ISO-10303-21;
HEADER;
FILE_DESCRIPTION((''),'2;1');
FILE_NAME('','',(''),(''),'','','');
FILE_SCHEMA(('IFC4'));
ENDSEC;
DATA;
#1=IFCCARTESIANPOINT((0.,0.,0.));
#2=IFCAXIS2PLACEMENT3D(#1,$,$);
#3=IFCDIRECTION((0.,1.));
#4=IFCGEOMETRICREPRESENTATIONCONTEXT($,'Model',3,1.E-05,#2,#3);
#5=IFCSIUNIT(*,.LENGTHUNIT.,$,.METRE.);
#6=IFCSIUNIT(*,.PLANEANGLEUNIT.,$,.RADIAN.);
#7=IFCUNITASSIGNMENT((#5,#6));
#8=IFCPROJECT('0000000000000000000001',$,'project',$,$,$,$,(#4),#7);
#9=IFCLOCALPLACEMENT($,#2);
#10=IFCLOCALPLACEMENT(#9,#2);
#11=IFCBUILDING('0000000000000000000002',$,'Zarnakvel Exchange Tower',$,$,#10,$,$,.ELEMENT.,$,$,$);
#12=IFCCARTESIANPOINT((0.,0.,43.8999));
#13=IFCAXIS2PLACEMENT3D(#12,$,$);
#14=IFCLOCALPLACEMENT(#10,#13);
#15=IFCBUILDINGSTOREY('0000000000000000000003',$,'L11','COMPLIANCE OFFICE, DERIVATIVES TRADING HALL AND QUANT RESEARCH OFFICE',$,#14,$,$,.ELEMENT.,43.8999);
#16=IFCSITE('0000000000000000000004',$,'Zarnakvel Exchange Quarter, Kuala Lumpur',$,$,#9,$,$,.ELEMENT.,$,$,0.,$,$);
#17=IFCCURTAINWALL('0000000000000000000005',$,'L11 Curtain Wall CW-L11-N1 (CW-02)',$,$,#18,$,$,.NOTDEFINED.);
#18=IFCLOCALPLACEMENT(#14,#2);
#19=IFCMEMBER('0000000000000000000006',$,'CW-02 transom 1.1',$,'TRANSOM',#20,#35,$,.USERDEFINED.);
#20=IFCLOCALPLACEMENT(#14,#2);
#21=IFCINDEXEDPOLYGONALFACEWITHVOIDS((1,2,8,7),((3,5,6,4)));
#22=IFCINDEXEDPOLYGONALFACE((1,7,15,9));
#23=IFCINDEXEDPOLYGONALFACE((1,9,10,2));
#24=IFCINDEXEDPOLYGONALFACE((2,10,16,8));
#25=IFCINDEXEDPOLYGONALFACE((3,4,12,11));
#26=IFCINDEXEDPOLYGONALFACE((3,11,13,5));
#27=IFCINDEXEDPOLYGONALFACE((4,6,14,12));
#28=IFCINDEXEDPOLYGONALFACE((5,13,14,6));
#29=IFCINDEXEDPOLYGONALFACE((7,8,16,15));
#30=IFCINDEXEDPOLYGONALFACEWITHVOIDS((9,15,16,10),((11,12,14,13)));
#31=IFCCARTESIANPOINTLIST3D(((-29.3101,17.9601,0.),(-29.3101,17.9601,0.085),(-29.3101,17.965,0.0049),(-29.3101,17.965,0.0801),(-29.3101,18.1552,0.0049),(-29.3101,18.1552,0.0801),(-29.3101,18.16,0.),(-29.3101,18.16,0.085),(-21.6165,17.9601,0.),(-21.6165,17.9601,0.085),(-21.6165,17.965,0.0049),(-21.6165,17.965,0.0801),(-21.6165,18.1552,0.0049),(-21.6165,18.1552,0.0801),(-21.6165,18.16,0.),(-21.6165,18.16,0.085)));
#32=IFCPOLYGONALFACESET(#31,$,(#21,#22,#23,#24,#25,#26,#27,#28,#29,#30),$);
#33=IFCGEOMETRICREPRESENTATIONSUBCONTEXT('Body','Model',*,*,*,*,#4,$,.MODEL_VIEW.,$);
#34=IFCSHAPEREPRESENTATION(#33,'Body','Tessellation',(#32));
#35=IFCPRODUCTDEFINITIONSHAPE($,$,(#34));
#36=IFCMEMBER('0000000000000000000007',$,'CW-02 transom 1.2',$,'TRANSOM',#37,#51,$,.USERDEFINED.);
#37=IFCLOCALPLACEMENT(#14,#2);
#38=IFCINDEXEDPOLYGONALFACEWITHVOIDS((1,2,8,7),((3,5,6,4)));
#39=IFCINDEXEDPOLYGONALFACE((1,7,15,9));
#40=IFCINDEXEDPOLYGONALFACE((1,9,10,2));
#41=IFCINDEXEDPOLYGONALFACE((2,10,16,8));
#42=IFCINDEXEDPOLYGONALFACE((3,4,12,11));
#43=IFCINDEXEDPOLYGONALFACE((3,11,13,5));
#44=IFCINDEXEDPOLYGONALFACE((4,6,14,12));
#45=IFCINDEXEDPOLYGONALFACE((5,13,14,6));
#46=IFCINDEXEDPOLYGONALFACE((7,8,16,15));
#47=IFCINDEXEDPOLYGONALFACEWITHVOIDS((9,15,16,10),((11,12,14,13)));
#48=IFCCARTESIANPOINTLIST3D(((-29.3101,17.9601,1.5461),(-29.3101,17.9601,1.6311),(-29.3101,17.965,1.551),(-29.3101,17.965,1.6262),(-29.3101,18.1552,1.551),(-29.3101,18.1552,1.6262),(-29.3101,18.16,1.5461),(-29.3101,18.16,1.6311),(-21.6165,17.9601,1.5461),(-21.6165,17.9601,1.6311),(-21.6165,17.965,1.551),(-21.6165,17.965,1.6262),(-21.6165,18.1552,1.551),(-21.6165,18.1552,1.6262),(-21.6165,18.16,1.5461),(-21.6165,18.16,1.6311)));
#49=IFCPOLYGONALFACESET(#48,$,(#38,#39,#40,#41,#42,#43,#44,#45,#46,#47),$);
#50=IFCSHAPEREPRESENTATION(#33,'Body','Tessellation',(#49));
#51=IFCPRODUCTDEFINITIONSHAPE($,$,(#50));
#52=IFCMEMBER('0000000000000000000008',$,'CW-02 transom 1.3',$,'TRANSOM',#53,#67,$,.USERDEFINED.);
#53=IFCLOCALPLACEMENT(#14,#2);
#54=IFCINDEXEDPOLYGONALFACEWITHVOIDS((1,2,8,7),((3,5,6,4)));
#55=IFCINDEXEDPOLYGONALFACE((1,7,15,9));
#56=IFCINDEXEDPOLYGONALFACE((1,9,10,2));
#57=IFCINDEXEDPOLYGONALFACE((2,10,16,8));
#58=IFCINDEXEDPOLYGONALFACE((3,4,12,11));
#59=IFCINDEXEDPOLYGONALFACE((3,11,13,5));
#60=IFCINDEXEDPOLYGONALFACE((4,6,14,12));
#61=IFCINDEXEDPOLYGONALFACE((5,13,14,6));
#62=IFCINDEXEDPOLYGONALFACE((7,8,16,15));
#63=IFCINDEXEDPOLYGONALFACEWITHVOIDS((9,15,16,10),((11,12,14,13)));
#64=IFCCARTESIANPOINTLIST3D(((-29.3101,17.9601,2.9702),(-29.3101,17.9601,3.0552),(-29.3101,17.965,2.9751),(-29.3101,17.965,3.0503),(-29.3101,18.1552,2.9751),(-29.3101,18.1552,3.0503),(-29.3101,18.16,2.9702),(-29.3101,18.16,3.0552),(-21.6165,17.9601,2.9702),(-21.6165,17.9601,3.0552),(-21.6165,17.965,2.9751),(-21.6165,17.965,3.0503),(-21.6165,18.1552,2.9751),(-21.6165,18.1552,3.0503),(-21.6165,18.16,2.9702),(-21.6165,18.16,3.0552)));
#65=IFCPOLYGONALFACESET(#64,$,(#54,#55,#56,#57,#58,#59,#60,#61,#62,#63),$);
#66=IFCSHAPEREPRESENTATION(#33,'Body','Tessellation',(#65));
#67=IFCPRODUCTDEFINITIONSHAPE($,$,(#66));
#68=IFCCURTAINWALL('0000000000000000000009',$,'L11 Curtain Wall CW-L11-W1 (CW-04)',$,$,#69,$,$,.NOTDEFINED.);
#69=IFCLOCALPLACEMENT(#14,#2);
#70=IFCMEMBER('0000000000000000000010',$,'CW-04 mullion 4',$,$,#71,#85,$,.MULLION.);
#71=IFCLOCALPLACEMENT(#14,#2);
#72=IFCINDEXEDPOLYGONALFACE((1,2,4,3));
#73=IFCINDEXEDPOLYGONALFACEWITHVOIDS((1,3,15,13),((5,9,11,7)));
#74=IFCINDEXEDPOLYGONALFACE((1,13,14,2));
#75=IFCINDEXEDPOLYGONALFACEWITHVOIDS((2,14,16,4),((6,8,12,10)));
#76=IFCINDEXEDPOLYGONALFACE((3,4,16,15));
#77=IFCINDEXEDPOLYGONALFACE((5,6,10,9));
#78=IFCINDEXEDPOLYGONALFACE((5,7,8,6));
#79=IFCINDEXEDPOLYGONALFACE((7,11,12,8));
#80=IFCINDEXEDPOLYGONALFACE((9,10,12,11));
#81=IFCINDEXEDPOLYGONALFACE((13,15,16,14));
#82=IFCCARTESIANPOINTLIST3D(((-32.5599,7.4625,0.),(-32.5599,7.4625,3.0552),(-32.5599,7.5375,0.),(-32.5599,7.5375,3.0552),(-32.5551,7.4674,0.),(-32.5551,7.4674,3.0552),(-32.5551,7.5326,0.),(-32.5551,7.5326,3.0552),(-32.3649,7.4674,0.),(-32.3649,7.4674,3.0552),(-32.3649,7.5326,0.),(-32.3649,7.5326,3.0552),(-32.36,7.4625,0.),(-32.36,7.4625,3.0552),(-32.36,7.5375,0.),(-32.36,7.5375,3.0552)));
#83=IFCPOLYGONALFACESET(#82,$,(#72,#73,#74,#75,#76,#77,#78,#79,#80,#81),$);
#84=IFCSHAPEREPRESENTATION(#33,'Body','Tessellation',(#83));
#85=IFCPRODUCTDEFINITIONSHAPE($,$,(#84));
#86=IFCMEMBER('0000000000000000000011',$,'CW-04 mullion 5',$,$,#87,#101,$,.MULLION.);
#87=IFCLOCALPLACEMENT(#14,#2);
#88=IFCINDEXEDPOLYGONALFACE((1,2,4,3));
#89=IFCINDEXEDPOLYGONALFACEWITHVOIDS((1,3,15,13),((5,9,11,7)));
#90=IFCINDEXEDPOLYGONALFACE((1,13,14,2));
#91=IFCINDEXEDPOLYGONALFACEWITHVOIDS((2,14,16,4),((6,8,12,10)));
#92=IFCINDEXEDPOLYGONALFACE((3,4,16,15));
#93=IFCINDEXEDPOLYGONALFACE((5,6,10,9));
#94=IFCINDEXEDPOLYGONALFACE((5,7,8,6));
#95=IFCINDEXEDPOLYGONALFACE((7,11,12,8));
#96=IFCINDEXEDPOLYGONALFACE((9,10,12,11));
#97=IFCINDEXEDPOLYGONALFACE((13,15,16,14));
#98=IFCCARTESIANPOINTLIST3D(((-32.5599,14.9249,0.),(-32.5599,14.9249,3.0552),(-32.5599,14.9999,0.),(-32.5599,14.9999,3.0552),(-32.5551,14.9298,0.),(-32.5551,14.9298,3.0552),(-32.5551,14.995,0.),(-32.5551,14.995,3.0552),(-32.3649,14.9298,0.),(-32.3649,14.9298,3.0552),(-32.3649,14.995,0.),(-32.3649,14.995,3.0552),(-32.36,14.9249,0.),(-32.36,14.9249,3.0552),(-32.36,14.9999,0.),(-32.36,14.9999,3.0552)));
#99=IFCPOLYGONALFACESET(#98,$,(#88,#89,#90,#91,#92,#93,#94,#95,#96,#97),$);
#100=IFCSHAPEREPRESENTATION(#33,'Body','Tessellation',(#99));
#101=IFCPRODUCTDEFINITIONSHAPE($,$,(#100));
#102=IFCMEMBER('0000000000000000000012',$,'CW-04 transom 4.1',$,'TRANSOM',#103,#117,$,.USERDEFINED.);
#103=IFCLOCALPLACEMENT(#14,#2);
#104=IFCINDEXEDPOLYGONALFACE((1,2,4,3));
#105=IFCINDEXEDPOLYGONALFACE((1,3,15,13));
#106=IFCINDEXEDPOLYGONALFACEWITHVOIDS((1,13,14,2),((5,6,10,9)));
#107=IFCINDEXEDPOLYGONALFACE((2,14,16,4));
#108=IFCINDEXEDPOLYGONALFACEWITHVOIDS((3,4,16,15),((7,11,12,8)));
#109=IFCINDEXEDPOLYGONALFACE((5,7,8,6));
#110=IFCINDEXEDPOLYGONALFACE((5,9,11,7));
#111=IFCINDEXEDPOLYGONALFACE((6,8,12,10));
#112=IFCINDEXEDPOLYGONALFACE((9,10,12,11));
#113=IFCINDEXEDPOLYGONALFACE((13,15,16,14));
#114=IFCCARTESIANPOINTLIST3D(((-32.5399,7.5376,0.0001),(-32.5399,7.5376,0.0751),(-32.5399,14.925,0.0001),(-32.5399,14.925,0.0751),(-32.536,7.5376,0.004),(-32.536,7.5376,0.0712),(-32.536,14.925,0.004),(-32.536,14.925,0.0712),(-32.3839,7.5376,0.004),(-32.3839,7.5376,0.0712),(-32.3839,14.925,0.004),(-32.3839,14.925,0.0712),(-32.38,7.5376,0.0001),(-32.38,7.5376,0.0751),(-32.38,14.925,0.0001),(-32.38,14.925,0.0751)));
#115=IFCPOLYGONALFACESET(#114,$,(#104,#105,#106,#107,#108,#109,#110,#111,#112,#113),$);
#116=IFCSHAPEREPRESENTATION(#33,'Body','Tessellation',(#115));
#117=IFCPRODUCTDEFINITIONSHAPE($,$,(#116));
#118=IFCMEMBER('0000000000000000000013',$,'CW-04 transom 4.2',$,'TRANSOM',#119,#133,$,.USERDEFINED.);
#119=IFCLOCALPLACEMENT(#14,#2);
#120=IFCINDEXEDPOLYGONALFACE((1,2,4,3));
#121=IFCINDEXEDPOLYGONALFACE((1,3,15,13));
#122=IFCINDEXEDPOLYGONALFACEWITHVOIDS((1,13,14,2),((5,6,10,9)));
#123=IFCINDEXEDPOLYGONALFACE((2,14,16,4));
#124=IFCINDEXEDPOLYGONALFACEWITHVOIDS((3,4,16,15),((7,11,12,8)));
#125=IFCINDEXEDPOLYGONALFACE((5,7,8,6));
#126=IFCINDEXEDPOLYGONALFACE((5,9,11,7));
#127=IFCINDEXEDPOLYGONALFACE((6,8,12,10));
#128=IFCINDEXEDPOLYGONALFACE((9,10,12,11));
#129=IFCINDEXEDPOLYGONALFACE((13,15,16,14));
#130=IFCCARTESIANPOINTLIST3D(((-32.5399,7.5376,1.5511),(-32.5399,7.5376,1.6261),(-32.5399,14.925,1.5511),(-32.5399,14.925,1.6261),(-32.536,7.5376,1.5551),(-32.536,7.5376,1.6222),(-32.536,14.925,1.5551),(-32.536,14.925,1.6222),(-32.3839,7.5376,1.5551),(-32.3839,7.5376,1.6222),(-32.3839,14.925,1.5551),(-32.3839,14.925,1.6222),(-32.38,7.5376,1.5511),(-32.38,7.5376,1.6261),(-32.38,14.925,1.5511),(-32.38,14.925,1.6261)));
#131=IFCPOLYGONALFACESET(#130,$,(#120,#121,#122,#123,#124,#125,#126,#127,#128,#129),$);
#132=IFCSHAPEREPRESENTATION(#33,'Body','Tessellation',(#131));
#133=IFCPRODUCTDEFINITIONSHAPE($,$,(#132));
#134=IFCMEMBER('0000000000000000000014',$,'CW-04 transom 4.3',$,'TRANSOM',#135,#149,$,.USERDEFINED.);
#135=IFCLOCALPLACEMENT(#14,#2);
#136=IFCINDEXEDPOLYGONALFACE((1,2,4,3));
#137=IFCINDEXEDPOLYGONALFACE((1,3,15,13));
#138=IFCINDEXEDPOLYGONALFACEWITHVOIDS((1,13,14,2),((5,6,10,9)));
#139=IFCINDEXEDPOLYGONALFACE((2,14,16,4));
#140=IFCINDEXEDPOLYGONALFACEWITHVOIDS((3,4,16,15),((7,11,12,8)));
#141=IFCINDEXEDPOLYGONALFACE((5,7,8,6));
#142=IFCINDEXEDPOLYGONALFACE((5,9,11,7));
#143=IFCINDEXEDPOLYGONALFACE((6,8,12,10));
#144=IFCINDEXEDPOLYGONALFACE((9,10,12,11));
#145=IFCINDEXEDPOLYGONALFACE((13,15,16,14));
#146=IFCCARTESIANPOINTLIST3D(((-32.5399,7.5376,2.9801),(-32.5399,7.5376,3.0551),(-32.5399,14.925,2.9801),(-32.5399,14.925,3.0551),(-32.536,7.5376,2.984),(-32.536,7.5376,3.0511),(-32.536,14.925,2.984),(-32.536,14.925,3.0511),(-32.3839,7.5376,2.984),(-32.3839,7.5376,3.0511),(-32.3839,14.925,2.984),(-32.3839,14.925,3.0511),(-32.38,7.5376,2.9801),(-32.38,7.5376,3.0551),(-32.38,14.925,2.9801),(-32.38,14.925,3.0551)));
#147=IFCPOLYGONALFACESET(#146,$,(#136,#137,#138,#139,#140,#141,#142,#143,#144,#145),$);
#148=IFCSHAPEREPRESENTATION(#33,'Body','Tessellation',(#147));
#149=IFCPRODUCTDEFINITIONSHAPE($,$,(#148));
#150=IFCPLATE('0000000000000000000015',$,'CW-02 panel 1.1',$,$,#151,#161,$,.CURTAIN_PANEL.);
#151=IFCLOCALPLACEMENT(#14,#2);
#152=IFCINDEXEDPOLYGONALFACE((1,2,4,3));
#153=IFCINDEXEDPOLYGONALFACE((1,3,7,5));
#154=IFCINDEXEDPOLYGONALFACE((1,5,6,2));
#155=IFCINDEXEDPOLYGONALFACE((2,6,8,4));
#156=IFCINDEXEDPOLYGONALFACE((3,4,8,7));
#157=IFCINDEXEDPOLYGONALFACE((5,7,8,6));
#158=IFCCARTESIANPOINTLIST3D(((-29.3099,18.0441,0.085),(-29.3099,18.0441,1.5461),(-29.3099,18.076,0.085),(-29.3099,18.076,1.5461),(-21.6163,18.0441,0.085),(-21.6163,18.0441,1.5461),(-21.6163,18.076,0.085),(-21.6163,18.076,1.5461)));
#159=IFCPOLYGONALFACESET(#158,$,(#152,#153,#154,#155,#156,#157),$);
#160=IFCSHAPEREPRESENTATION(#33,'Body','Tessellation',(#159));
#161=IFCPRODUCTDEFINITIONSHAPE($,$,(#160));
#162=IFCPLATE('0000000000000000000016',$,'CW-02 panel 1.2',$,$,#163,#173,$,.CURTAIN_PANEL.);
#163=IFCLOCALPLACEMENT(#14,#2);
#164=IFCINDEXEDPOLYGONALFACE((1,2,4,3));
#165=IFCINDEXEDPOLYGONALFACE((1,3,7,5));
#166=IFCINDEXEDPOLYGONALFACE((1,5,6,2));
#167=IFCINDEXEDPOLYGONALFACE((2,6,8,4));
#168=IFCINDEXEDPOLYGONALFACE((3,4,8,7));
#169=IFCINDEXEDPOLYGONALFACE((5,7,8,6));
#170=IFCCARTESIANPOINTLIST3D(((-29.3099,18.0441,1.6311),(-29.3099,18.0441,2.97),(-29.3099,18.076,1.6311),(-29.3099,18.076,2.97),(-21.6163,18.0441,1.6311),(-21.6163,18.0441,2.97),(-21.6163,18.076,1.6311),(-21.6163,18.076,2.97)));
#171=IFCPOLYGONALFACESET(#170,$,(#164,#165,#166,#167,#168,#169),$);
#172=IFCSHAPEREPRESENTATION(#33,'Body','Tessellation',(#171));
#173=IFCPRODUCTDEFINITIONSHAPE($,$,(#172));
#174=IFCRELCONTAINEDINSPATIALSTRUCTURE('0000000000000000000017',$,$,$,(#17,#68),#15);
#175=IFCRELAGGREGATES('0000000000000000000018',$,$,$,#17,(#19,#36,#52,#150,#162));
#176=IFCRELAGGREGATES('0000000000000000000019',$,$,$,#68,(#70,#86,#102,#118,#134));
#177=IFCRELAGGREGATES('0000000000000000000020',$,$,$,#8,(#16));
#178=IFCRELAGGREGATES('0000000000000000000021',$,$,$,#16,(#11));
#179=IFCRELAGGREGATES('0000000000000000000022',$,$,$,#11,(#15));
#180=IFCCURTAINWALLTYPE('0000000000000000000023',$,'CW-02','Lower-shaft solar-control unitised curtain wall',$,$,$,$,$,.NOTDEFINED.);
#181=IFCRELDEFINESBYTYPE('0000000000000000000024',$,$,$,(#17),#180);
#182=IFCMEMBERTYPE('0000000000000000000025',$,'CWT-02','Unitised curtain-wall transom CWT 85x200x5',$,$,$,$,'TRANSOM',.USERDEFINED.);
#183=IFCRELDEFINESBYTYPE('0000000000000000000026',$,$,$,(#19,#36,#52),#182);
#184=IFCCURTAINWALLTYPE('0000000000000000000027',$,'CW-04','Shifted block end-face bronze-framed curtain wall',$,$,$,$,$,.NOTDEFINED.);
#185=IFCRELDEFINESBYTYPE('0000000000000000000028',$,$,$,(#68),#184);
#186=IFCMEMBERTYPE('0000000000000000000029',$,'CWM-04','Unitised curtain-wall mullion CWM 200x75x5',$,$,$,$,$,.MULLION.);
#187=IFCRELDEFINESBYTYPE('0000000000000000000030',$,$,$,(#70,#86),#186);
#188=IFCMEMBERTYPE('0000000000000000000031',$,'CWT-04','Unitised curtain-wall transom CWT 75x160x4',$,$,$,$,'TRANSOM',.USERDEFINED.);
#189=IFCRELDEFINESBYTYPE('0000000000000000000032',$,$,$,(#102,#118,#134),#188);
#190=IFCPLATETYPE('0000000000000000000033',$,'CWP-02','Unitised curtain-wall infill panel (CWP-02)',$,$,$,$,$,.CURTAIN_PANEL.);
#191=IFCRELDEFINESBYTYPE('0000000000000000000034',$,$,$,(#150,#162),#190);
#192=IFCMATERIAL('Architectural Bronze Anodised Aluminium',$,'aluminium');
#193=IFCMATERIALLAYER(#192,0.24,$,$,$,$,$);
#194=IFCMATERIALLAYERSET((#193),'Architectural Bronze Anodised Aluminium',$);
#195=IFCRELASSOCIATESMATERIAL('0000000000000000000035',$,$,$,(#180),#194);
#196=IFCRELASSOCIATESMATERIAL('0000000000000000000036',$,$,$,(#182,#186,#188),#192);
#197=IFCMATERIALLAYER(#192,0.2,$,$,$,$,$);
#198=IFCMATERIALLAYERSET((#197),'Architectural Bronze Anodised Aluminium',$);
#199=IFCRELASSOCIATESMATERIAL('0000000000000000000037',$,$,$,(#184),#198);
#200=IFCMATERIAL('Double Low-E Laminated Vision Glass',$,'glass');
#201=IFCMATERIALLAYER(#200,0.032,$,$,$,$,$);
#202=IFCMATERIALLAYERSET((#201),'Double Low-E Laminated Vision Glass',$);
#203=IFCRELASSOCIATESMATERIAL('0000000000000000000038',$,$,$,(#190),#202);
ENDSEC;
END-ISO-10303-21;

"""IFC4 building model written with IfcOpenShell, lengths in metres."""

from ifc_helpers import new_model, si_unit, direction, frame, origin, origin_2d, place, context, subcontext, project, spatial, rectangle, hollow_rectangle, extrude, source, transform, mapped, material, layer, layer_set, material_profile, profile_set, type_object, element, aggregate, save


model = new_model("IFC4")

# Units and contexts
model_context = context("Model", 3, precision=1e-05, world=origin(), true_north=direction((0.0, 1.0)))
body_context = subcontext(model_context, "Body", "Model", "MODEL_VIEW")
ifc_project = project(units=[si_unit("LENGTHUNIT", "METRE"), si_unit("PLANEANGLEUNIT", "RADIAN")], contexts=[model_context])

# Site, building, storey
site_placement = place(None, origin())
site = spatial("IfcSite", under=ifc_project, at=site_placement, Name="Zarnakvel Exchange Quarter, Kuala Lumpur", CompositionType="ELEMENT", RefElevation=0.0)
building_placement = place(site_placement, origin())
building = spatial("IfcBuilding", under=site, at=building_placement, Name="Zarnakvel Exchange Tower", CompositionType="ELEMENT")
storey_placement = place(building_placement, frame((0.0, 0.0, 43.8999)))
storey = spatial("IfcBuildingStorey", under=building, at=storey_placement, Name="L11", Description="COMPLIANCE OFFICE, DERIVATIVES TRADING HALL AND QUANT RESEARCH OFFICE", CompositionType="ELEMENT", Elevation=43.8999)

# Curtain walls, members
ifc_material_1 = material(Name="Architectural Bronze Anodised Aluminium", Category="aluminium")
ifc_layer_1 = layer(ifc_material_1, 0.24)
ifc_layer_set_1 = layer_set([ifc_layer_1], Name="Architectural Bronze Anodised Aluminium")
curtain_wall_type_1 = type_object("IfcCurtainWallType", Name="CW-02", Description="Lower-shaft solar-control unitised curtain wall", PredefinedType="NOTDEFINED", material=ifc_layer_set_1)
curtain_wall_1_placement = place(storey_placement, origin())
curtain_wall_1 = element("IfcCurtainWall", 1, at=curtain_wall_1_placement, inside=storey, type_object=curtain_wall_type_1, Name="L11 Curtain Wall CW-L11-N1 (CW-02)", PredefinedType="NOTDEFINED")
ifc_material_profile_1 = material_profile(ifc_material_1, hollow_rectangle(XDim=0.2, YDim=0.085, WallThickness=0.0049, at=origin_2d()))
ifc_profile_set_1 = profile_set([ifc_material_profile_1], Name="Architectural Bronze Anodised Aluminium")
member_type_1 = type_object("IfcMemberType", Name="CWT-02", Description="Unitised curtain-wall transom CWT 85x200x5", ElementType="TRANSOM", PredefinedType="USERDEFINED", material=ifc_profile_set_1)
shared_shape_1 = source(origin(), body_context, "Body", "SweptSolid", [
    extrude(hollow_rectangle(XDim=0.2, YDim=0.085, WallThickness=0.0049, at=origin_2d()), origin(), (0.0, 0.0, 1.0), 7.6936),
])
member_1_placement = place(storey_placement, frame((-29.3101, 18.0601, 0.0425), z_axis=(1.0, 0.0, 0.0), x_axis=(0.0, 1.0, 0.0)))
member_1 = element("IfcMember", 2, at=member_1_placement, type_object=member_type_1, Name="CW-02 transom 1.1", ObjectType="TRANSOM", PredefinedType="USERDEFINED", context=body_context, shape_type="MappedRepresentation", body=[
    mapped(shared_shape_1, transform((0.0, 0.0, 0.0), x_axis=(1.0, 0.0, 0.0), y_axis=(0.0, 1.0, 0.0), z_axis=(0.0, 0.0, 1.0), scale=1.0)),
])
member_2_placement = place(storey_placement, frame((-29.3101, 18.0601, 1.5886), z_axis=(1.0, 0.0, 0.0), x_axis=(0.0, 1.0, 0.0)))
member_2 = element("IfcMember", 3, at=member_2_placement, type_object=member_type_1, Name="CW-02 transom 1.2", ObjectType="TRANSOM", PredefinedType="USERDEFINED", context=body_context, shape_type="MappedRepresentation", body=[
    mapped(shared_shape_1, transform((0.0, 0.0, 0.0), x_axis=(1.0, 0.0, 0.0), y_axis=(0.0, 1.0, 0.0), z_axis=(0.0, 0.0, 1.0), scale=1.0)),
])
member_3_placement = place(storey_placement, frame((-29.3101, 18.0601, 3.0127), z_axis=(1.0, 0.0, 0.0), x_axis=(0.0, 1.0, 0.0)))
member_3 = element("IfcMember", 4, at=member_3_placement, type_object=member_type_1, Name="CW-02 transom 1.3", ObjectType="TRANSOM", PredefinedType="USERDEFINED", context=body_context, shape_type="MappedRepresentation", body=[
    mapped(shared_shape_1, transform((0.0, 0.0, 0.0), x_axis=(1.0, 0.0, 0.0), y_axis=(0.0, 1.0, 0.0), z_axis=(0.0, 0.0, 1.0), scale=1.0)),
])
ifc_layer_2 = layer(ifc_material_1, 0.2)
ifc_layer_set_2 = layer_set([ifc_layer_2], Name="Architectural Bronze Anodised Aluminium")
curtain_wall_type_2 = type_object("IfcCurtainWallType", Name="CW-04", Description="Shifted block end-face bronze-framed curtain wall", PredefinedType="NOTDEFINED", material=ifc_layer_set_2)
curtain_wall_2_placement = place(storey_placement, origin())
curtain_wall_2 = element("IfcCurtainWall", 5, at=curtain_wall_2_placement, inside=storey, type_object=curtain_wall_type_2, Name="L11 Curtain Wall CW-L11-W1 (CW-04)", PredefinedType="NOTDEFINED")
ifc_material_profile_2 = material_profile(ifc_material_1, hollow_rectangle(XDim=0.2, YDim=0.075, WallThickness=0.0049, at=origin_2d()))
ifc_profile_set_2 = profile_set([ifc_material_profile_2], Name="Architectural Bronze Anodised Aluminium")
member_type_2 = type_object("IfcMemberType", Name="CWM-04", Description="Unitised curtain-wall mullion CWM 200x75x5", PredefinedType="MULLION", material=ifc_profile_set_2)
shared_shape_2 = source(origin(), body_context, "Body", "SweptSolid", [
    extrude(hollow_rectangle(XDim=0.2, YDim=0.075, WallThickness=0.0049, at=origin_2d()), origin(), (0.0, 0.0, 1.0), 3.0552),
])
member_4_placement = place(storey_placement, frame((-32.46, 7.5, 0.0), z_axis=(0.0, 0.0, 1.0), x_axis=(-1.0, 0.0, 0.0)))
member_4 = element("IfcMember", 6, at=member_4_placement, type_object=member_type_2, Name="CW-04 mullion 4", PredefinedType="MULLION", context=body_context, shape_type="MappedRepresentation", body=[
    mapped(shared_shape_2, transform((0.0, 0.0, 0.0), x_axis=(1.0, 0.0, 0.0), y_axis=(0.0, 1.0, 0.0), z_axis=(0.0, 0.0, 1.0), scale=1.0)),
])
member_5_placement = place(storey_placement, frame((-32.46, 14.9624, 0.0), z_axis=(0.0, 0.0, 1.0), x_axis=(-1.0, 0.0, 0.0)))
member_5 = element("IfcMember", 7, at=member_5_placement, type_object=member_type_2, Name="CW-04 mullion 5", PredefinedType="MULLION", context=body_context, shape_type="MappedRepresentation", body=[
    mapped(shared_shape_2, transform((0.0, 0.0, 0.0), x_axis=(1.0, 0.0, 0.0), y_axis=(0.0, 1.0, 0.0), z_axis=(0.0, 0.0, 1.0), scale=1.0)),
])
ifc_material_profile_3 = material_profile(ifc_material_1, hollow_rectangle(XDim=0.1599, YDim=0.075, WallThickness=0.0039, at=origin_2d()))
ifc_profile_set_3 = profile_set([ifc_material_profile_3], Name="Architectural Bronze Anodised Aluminium")
member_type_3 = type_object("IfcMemberType", Name="CWT-04", Description="Unitised curtain-wall transom CWT 75x160x4", ElementType="TRANSOM", PredefinedType="USERDEFINED", material=ifc_profile_set_3)
shared_shape_3 = source(origin(), body_context, "Body", "SweptSolid", [
    extrude(hollow_rectangle(XDim=0.1599, YDim=0.075, WallThickness=0.0039, at=origin_2d()), origin(), (0.0, 0.0, 1.0), 7.3875),
])
member_6_placement = place(storey_placement, frame((-32.46, 7.5376, 0.0376), z_axis=(0.0, 1.0, 0.0), x_axis=(-1.0, 0.0, 0.0)))
member_6 = element("IfcMember", 8, at=member_6_placement, type_object=member_type_3, Name="CW-04 transom 4.1", ObjectType="TRANSOM", PredefinedType="USERDEFINED", context=body_context, shape_type="MappedRepresentation", body=[
    mapped(shared_shape_3, transform((0.0, 0.0, 0.0), x_axis=(1.0, 0.0, 0.0), y_axis=(0.0, 1.0, 0.0), z_axis=(0.0, 0.0, 1.0), scale=1.0)),
])
member_7_placement = place(storey_placement, frame((-32.46, 7.5376, 1.5886), z_axis=(0.0, 1.0, 0.0), x_axis=(-1.0, 0.0, 0.0)))
member_7 = element("IfcMember", 9, at=member_7_placement, type_object=member_type_3, Name="CW-04 transom 4.2", ObjectType="TRANSOM", PredefinedType="USERDEFINED", context=body_context, shape_type="MappedRepresentation", body=[
    mapped(shared_shape_3, transform((0.0, 0.0, 0.0), x_axis=(1.0, 0.0, 0.0), y_axis=(0.0, 1.0, 0.0), z_axis=(0.0, 0.0, 1.0), scale=1.0)),
])
member_8_placement = place(storey_placement, frame((-32.46, 7.5376, 3.0176), z_axis=(0.0, 1.0, 0.0), x_axis=(-1.0, 0.0, 0.0)))
member_8 = element("IfcMember", 10, at=member_8_placement, type_object=member_type_3, Name="CW-04 transom 4.3", ObjectType="TRANSOM", PredefinedType="USERDEFINED", context=body_context, shape_type="MappedRepresentation", body=[
    mapped(shared_shape_3, transform((0.0, 0.0, 0.0), x_axis=(1.0, 0.0, 0.0), y_axis=(0.0, 1.0, 0.0), z_axis=(0.0, 0.0, 1.0), scale=1.0)),
])

# Plates
ifc_material_2 = material(Name="Double Low-E Laminated Vision Glass", Category="glass")
ifc_layer_3 = layer(ifc_material_2, 0.032)
ifc_layer_set_3 = layer_set([ifc_layer_3], Name="Double Low-E Laminated Vision Glass")
plate_type_1 = type_object("IfcPlateType", Name="CWP-02", Description="Unitised curtain-wall infill panel (CWP-02)", PredefinedType="CURTAIN_PANEL", material=ifc_layer_set_3)
shared_shape_4 = source(origin(), body_context, "Body", "SweptSolid", [
    extrude(rectangle(XDim=7.6936, YDim=0.032, at=origin_2d()), origin(), (0.0, 0.0, 1.0), 1.4612),
])
plate_1_placement = place(storey_placement, frame((-25.4631, 18.0601, 0.085), z_axis=(0.0, 0.0, 1.0), x_axis=(1.0, 0.0, 0.0)))
plate_1 = element("IfcPlate", 11, at=plate_1_placement, type_object=plate_type_1, Name="CW-02 panel 1.1", PredefinedType="CURTAIN_PANEL", context=body_context, shape_type="MappedRepresentation", body=[
    mapped(shared_shape_4, transform((0.0, 0.0, 0.0), x_axis=(1.0, 0.0, 0.0), y_axis=(0.0, 1.0, 0.0), z_axis=(0.0, 0.0, 1.0), scale=1.0)),
])
shared_shape_5 = source(origin(), body_context, "Body", "SweptSolid", [
    extrude(rectangle(XDim=7.6936, YDim=0.032, at=origin_2d()), origin(), (0.0, 0.0, 1.0), 1.3389),
])
plate_2_placement = place(storey_placement, frame((-25.4631, 18.0601, 1.6311), z_axis=(0.0, 0.0, 1.0), x_axis=(1.0, 0.0, 0.0)))
plate_2 = element("IfcPlate", 12, at=plate_2_placement, type_object=plate_type_1, Name="CW-02 panel 1.2", PredefinedType="CURTAIN_PANEL", context=body_context, shape_type="MappedRepresentation", body=[
    mapped(shared_shape_5, transform((0.0, 0.0, 0.0), x_axis=(1.0, 0.0, 0.0), y_axis=(0.0, 1.0, 0.0), z_axis=(0.0, 0.0, 1.0), scale=1.0)),
])
aggregate(curtain_wall_1, [member_1, member_2, member_3, plate_1, plate_2])
aggregate(curtain_wall_2, [member_4, member_5, member_6, member_7, member_8])

save(model, "model.ifc")
